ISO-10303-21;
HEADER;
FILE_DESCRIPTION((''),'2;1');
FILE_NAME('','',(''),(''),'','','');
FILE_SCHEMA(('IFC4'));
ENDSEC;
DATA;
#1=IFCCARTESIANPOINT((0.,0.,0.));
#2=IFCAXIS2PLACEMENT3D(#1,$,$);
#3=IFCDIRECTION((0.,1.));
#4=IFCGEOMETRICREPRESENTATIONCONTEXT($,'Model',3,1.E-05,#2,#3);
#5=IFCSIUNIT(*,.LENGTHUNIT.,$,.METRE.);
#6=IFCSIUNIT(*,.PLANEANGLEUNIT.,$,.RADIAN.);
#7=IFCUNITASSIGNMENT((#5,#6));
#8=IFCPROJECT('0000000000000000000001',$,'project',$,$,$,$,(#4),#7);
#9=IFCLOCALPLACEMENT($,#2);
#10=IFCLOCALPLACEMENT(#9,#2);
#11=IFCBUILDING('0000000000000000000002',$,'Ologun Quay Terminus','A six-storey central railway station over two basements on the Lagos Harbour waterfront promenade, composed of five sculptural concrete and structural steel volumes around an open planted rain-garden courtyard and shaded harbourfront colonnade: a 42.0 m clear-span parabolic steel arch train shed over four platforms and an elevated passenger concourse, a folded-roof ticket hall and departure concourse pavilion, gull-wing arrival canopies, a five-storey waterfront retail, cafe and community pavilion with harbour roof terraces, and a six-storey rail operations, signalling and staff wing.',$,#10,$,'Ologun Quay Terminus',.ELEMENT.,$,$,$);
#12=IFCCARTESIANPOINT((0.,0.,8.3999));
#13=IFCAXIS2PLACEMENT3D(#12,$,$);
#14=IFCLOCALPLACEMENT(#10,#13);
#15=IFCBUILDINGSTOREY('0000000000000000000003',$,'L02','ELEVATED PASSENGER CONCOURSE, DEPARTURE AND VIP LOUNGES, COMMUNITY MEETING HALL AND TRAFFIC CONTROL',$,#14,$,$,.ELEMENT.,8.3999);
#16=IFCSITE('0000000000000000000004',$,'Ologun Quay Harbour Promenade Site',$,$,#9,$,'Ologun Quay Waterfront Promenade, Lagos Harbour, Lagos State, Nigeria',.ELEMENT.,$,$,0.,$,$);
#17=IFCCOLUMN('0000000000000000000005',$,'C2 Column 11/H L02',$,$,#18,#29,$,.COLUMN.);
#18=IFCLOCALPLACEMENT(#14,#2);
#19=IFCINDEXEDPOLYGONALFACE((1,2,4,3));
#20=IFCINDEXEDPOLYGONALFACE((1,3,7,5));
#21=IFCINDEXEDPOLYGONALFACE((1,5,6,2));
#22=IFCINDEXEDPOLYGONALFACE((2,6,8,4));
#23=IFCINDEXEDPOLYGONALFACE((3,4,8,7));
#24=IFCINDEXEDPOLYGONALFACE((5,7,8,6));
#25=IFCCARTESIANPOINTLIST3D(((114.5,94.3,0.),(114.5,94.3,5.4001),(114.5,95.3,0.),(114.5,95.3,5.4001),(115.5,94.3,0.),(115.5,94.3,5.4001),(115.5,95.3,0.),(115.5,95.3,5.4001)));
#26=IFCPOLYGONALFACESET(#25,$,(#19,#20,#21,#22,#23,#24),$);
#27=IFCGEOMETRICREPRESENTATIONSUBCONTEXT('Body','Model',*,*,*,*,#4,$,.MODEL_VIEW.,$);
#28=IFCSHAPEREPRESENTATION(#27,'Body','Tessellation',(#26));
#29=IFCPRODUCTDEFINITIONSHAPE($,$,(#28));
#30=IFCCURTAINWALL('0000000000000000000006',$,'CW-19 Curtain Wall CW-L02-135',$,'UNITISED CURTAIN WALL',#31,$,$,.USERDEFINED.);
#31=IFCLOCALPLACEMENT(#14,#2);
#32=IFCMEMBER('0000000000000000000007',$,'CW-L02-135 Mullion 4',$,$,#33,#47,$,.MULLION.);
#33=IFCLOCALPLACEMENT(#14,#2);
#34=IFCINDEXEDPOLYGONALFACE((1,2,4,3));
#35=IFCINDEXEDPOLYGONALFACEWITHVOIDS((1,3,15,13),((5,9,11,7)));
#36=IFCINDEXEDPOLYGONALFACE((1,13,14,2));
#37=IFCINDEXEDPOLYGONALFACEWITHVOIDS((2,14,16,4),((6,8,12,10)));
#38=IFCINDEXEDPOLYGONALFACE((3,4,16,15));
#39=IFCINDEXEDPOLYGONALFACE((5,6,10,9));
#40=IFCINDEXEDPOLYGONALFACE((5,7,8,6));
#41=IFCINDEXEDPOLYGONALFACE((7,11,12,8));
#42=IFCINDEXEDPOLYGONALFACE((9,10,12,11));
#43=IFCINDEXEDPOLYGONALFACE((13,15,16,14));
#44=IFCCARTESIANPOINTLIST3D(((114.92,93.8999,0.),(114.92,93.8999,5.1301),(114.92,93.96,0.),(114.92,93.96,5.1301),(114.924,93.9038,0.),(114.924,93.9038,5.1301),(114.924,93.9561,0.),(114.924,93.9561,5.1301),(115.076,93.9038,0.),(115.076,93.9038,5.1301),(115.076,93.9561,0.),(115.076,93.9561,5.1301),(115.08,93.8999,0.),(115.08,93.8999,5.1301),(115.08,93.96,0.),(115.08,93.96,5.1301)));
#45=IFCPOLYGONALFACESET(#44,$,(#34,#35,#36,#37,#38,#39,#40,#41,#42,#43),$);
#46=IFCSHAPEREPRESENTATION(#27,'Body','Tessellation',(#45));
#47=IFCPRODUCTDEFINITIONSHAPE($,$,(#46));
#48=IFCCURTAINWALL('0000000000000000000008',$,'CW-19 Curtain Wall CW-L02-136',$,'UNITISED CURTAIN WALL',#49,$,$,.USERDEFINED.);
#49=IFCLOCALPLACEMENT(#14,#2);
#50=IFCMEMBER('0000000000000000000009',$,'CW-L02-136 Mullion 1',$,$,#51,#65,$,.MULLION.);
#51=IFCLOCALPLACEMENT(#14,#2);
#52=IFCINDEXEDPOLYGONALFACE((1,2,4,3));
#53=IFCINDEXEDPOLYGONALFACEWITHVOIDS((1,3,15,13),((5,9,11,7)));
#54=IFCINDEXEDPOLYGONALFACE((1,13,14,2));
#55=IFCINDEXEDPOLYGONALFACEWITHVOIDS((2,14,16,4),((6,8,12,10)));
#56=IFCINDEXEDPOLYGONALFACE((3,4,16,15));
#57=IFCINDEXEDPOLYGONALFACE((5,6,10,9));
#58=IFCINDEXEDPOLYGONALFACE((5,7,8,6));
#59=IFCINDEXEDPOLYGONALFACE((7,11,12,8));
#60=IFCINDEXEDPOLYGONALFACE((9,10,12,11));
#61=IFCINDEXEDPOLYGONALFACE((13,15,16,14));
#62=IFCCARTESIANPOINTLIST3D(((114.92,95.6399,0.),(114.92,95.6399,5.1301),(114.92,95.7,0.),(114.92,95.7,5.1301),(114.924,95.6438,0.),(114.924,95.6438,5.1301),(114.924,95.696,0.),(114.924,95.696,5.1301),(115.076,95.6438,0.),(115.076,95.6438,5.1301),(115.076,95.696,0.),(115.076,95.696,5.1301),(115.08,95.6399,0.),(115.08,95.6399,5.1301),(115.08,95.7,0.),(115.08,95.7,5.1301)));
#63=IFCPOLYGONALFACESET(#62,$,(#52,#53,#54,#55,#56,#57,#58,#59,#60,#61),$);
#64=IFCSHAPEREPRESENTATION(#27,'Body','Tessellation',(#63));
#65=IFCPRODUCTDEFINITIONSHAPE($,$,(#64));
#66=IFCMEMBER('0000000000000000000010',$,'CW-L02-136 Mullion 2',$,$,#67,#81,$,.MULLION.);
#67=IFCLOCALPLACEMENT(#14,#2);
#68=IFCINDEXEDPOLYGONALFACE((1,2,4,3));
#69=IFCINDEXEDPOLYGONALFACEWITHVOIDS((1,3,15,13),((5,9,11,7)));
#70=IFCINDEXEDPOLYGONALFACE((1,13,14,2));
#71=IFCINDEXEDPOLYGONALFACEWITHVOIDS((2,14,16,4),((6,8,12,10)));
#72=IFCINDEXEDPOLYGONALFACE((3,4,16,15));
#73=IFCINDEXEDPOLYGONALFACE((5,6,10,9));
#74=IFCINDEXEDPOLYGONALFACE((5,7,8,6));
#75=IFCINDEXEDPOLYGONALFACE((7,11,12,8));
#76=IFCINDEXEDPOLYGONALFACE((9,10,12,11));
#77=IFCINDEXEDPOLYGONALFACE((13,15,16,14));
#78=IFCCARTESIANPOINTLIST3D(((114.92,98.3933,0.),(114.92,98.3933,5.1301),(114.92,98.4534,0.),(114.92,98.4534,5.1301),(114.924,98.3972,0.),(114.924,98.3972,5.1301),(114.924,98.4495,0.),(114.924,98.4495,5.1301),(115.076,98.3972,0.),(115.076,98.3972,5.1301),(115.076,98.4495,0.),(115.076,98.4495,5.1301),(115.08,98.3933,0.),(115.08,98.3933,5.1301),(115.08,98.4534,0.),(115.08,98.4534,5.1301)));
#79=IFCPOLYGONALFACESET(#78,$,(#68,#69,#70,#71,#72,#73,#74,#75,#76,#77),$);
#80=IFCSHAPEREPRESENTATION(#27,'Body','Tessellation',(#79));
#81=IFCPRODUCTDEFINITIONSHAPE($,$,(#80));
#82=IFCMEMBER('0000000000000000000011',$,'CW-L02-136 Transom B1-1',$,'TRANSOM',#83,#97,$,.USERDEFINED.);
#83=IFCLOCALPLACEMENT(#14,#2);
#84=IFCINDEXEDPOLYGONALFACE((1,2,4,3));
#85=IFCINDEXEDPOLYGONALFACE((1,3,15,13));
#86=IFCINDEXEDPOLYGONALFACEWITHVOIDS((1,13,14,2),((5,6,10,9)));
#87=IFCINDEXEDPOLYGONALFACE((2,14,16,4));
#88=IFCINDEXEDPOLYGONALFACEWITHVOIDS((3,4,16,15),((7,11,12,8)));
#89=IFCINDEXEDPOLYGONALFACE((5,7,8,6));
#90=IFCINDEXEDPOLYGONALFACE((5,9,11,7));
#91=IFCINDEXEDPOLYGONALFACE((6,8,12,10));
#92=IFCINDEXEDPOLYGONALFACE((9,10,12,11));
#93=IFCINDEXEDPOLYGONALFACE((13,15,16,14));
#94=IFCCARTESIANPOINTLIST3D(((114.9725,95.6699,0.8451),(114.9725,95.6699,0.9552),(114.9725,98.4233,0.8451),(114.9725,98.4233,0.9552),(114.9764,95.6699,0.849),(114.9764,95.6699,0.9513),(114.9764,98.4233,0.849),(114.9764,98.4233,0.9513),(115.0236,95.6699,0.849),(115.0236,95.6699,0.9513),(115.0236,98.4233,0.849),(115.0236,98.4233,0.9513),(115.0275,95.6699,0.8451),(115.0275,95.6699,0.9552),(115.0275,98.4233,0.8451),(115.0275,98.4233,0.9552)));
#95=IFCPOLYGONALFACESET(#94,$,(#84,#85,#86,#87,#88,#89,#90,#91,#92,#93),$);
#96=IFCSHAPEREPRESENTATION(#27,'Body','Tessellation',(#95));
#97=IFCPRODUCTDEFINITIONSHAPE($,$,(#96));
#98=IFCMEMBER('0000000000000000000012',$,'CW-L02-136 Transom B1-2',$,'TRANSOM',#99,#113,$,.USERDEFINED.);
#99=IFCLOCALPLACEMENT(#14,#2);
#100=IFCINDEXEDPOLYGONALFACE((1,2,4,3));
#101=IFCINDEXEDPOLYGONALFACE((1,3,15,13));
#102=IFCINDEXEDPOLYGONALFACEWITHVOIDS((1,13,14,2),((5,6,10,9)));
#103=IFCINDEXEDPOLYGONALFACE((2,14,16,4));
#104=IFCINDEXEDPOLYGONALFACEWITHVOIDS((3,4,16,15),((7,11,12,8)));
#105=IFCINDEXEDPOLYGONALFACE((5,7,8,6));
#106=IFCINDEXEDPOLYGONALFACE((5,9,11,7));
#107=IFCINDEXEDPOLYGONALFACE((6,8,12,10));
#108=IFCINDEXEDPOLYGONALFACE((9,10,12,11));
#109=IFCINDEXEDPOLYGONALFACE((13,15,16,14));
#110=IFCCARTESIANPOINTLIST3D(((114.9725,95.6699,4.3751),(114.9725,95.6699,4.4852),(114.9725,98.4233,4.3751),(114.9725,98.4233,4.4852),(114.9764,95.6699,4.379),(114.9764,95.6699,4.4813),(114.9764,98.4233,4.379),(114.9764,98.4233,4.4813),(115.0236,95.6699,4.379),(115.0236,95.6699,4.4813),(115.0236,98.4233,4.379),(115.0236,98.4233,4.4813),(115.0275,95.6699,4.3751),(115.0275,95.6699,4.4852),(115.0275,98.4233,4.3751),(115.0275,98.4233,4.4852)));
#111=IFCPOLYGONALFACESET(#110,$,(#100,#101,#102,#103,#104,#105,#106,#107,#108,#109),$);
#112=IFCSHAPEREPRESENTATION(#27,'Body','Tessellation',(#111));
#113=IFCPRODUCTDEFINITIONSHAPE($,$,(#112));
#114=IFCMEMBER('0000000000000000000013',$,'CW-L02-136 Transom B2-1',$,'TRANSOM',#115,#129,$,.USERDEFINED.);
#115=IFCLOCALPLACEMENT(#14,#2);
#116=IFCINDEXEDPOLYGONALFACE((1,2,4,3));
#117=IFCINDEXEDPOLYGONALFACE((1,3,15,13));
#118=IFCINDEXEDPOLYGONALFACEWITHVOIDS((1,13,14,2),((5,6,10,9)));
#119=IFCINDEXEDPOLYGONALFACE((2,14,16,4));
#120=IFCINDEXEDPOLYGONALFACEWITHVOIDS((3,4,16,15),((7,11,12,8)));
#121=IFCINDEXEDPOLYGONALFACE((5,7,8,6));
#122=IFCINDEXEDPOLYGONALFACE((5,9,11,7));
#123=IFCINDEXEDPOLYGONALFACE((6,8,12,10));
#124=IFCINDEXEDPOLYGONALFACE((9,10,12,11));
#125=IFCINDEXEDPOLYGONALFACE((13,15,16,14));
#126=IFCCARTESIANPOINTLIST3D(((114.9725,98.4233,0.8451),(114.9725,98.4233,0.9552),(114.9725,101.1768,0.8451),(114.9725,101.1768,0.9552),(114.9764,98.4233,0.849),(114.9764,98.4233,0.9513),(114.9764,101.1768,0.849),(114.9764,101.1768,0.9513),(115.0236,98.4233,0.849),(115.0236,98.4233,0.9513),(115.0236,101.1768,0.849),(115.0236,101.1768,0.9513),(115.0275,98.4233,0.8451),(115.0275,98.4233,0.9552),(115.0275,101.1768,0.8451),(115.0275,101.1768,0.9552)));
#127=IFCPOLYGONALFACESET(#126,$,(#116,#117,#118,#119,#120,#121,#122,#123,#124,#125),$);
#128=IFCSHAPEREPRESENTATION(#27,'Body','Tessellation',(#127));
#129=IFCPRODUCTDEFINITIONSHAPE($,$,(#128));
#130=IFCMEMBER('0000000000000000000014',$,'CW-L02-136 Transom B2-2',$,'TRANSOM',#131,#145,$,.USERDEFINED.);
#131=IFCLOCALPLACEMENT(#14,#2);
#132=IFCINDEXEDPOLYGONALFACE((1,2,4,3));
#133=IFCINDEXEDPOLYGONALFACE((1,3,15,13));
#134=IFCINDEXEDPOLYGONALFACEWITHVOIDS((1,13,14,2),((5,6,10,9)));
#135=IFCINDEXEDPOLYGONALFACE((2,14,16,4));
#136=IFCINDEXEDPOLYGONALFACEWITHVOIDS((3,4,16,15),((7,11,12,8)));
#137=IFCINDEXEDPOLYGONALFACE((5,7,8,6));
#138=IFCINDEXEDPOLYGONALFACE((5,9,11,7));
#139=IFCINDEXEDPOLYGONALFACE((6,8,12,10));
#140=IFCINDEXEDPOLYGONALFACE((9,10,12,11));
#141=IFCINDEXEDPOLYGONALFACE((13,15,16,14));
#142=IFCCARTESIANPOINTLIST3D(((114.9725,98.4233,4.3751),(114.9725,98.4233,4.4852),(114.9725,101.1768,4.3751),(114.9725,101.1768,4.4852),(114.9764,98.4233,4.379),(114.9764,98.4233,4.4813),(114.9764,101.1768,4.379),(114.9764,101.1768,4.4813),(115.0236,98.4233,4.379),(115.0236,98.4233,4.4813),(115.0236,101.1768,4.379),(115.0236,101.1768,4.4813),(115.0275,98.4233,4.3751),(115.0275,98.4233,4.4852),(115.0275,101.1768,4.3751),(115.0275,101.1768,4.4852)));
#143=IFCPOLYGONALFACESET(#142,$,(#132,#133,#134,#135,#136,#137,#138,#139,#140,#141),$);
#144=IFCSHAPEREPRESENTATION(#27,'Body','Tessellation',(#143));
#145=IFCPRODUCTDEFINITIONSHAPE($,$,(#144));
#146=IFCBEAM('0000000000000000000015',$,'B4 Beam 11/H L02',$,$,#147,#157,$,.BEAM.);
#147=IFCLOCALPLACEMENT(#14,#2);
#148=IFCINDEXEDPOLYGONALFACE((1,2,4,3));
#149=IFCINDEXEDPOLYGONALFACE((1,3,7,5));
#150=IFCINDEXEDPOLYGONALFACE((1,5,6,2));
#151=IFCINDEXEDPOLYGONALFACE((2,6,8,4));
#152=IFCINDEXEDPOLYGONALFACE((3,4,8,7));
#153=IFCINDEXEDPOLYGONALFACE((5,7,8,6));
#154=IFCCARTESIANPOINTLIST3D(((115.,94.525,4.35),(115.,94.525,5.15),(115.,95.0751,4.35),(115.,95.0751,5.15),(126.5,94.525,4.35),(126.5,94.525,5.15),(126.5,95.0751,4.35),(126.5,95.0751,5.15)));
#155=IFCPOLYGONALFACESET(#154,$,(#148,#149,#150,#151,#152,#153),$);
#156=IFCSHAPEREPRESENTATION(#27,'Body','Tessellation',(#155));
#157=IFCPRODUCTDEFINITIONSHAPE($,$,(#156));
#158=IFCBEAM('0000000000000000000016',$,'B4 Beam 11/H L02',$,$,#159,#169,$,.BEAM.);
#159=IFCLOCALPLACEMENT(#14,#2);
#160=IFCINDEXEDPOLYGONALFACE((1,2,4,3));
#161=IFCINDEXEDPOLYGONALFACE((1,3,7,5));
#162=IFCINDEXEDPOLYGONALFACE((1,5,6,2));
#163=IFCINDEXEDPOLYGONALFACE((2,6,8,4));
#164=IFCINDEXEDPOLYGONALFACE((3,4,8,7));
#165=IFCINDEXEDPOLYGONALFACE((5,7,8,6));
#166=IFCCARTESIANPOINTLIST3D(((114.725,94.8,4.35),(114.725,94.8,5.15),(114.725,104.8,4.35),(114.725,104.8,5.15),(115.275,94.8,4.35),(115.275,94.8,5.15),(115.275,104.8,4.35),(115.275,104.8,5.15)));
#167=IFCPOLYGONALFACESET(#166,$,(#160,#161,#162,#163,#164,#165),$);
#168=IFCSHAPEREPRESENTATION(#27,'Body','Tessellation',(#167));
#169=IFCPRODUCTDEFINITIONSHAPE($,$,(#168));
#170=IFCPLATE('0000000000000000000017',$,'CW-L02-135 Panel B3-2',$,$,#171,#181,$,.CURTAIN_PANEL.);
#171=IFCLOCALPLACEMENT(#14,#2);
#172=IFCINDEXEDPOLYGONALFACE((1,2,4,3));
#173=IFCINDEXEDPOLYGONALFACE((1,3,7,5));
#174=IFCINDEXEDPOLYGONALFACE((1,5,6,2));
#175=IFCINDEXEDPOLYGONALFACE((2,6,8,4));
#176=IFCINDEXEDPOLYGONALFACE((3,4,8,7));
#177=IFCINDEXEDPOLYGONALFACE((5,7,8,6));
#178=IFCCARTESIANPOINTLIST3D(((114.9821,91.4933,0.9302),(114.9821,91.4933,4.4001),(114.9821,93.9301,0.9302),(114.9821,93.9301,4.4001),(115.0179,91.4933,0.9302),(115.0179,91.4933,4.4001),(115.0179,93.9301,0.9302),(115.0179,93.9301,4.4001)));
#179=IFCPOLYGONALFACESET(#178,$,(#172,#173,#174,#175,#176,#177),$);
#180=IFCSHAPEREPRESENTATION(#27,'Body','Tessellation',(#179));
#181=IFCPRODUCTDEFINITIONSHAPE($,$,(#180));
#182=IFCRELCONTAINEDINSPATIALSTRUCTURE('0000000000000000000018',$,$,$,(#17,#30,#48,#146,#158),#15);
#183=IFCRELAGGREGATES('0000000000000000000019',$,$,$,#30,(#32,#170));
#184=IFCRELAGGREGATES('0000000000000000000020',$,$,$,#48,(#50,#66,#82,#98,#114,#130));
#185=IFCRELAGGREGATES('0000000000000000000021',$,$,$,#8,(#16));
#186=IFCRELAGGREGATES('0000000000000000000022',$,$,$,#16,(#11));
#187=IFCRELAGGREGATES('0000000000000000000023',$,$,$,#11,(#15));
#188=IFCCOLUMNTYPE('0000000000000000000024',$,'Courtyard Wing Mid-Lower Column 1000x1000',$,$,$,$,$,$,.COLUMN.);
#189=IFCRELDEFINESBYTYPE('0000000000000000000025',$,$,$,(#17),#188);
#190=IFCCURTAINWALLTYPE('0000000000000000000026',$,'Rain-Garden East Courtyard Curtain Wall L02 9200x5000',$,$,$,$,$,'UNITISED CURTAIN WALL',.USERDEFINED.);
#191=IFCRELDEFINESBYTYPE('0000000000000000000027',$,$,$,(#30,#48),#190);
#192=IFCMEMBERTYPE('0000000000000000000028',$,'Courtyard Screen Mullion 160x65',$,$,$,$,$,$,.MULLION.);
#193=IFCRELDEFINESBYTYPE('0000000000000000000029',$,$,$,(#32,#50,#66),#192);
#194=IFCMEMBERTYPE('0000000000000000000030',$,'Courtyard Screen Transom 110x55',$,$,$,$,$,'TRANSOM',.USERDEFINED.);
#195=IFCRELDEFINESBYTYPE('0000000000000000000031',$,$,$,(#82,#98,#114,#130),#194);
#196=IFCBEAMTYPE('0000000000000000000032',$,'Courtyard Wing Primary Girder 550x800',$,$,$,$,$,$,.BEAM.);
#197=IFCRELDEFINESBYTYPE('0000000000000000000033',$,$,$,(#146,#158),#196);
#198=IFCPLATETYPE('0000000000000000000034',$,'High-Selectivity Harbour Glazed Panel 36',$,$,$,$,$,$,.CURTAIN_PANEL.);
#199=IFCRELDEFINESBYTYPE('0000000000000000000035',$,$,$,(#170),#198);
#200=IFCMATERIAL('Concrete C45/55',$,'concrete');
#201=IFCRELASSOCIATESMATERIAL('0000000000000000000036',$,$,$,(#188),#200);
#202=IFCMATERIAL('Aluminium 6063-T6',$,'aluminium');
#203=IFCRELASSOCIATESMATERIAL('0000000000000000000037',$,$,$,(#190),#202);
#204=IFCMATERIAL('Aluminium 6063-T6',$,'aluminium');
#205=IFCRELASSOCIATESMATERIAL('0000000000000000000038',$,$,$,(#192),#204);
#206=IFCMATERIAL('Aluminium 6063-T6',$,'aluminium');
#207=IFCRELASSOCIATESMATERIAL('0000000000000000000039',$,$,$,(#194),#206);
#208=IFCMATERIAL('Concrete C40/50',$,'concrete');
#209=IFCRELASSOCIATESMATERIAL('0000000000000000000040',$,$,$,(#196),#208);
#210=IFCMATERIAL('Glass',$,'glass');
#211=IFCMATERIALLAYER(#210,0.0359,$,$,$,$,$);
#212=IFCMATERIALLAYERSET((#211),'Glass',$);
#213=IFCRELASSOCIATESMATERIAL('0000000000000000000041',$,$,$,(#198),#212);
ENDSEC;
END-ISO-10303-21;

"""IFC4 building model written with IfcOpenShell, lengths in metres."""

from ifc_helpers import new_model, si_unit, direction, frame, origin, origin_2d, place, context, subcontext, project, spatial, rectangle, hollow_rectangle, extrude, material, layer, layer_set, material_profile, profile_set, type_object, element, aggregate, save


model = new_model("IFC4")

# Units and contexts
model_context = context("Model", 3, precision=1e-05, world=origin(), true_north=direction((0.0, 1.0)))
body_context = subcontext(model_context, "Body", "Model", "MODEL_VIEW")
ifc_project = project(units=[si_unit("LENGTHUNIT", "METRE"), si_unit("PLANEANGLEUNIT", "RADIAN")], contexts=[model_context])

# Site, building, storey
site_placement = place(None, origin())
site = spatial("IfcSite", under=ifc_project, at=site_placement, Name="Ologun Quay Harbour Promenade Site", LongName="Ologun Quay Waterfront Promenade, Lagos Harbour, Lagos State, Nigeria", CompositionType="ELEMENT", RefElevation=0.0)
building_placement = place(site_placement, origin())
building = spatial("IfcBuilding", under=site, at=building_placement, Name="Ologun Quay Terminus", Description="A six-storey central railway station over two basements on the Lagos Harbour waterfront promenade, composed of five sculptural concrete and structural steel volumes around an open planted rain-garden courtyard and shaded harbourfront colonnade: a 42.0 m clear-span parabolic steel arch train shed over four platforms and an elevated passenger concourse, a folded-roof ticket hall and departure concourse pavilion, gull-wing arrival canopies, a five-storey waterfront retail, cafe and community pavilion with harbour roof terraces, and a six-storey rail operations, signalling and staff wing.", LongName="Ologun Quay Terminus", CompositionType="ELEMENT")
storey_placement = place(building_placement, frame((0.0, 0.0, 8.3999)))
storey = spatial("IfcBuildingStorey", under=building, at=storey_placement, Name="L02", Description="ELEVATED PASSENGER CONCOURSE, DEPARTURE AND VIP LOUNGES, COMMUNITY MEETING HALL AND TRAFFIC CONTROL", CompositionType="ELEMENT", Elevation=8.3999)

# Column
ifc_material_1 = material(Name="Concrete C45/55", Category="concrete")
ifc_material_profile_1 = material_profile(ifc_material_1, rectangle(XDim=1.0, YDim=1.0, at=origin_2d()), Name="RC 1000x1000")
ifc_profile_set_1 = profile_set([ifc_material_profile_1], Name="Concrete C45/55")
column_type = type_object("IfcColumnType", Name="Courtyard Wing Mid-Lower Column 1000x1000", PredefinedType="COLUMN", material=ifc_profile_set_1)
column_placement = place(storey_placement, frame((115.0, 94.8, 0.0), z_axis=(0.0, 0.0, 1.0), x_axis=(1.0, 0.0, 0.0)))
element("IfcColumn", 1, at=column_placement, inside=storey, type_object=column_type, Name="C2 Column 11/H L02", PredefinedType="COLUMN", context=body_context, shape_type="SweptSolid", body=[
    extrude(rectangle(XDim=1.0, YDim=1.0, at=origin_2d()), origin(), (0.0, 0.0, 1.0), 5.4001),
])

# Curtain wall, member
ifc_material_2 = material(Name="Aluminium 6063-T6", Category="aluminium")
curtain_wall_type = type_object("IfcCurtainWallType", Name="Rain-Garden East Courtyard Curtain Wall L02 9200x5000", ElementType="UNITISED CURTAIN WALL", PredefinedType="USERDEFINED", material=ifc_material_2)
curtain_wall_1_placement = place(storey_placement, origin())
curtain_wall_1 = element("IfcCurtainWall", 2, at=curtain_wall_1_placement, inside=storey, type_object=curtain_wall_type, Name="CW-19 Curtain Wall CW-L02-135", ObjectType="UNITISED CURTAIN WALL", PredefinedType="USERDEFINED")
ifc_material_3 = material(Name="Aluminium 6063-T6", Category="aluminium")
ifc_material_profile_2 = material_profile(ifc_material_3, hollow_rectangle(XDim=0.0601, YDim=0.1599, WallThickness=0.0039, at=origin_2d()), Name="ALU 160x60x4")
ifc_profile_set_2 = profile_set([ifc_material_profile_2], Name="Aluminium 6063-T6")
member_type_1 = type_object("IfcMemberType", Name="Courtyard Screen Mullion 160x65", PredefinedType="MULLION", material=ifc_profile_set_2)
member_1_placement = place(storey_placement, frame((115.0, 93.9299, 0.0), z_axis=(0.0, 0.0, 1.0), x_axis=(0.0, 1.0, 0.0)))
member_1 = element("IfcMember", 3, at=member_1_placement, type_object=member_type_1, Name="CW-L02-135 Mullion 4", PredefinedType="MULLION", context=body_context, shape_type="SweptSolid", body=[
    extrude(hollow_rectangle(XDim=0.0601, YDim=0.1599, WallThickness=0.0039, at=origin_2d()), origin(), (0.0, 0.0, 1.0), 5.1301),
])

# Curtain wall, members
curtain_wall_2_placement = place(storey_placement, origin())
curtain_wall_2 = element("IfcCurtainWall", 4, at=curtain_wall_2_placement, inside=storey, type_object=curtain_wall_type, Name="CW-19 Curtain Wall CW-L02-136", ObjectType="UNITISED CURTAIN WALL", PredefinedType="USERDEFINED")
member_2_placement = place(storey_placement, frame((115.0, 95.6699, 0.0), z_axis=(0.0, 0.0, 1.0), x_axis=(0.0, 1.0, 0.0)))
member_2 = element("IfcMember", 5, at=member_2_placement, type_object=member_type_1, Name="CW-L02-136 Mullion 1", PredefinedType="MULLION", context=body_context, shape_type="SweptSolid", body=[
    extrude(hollow_rectangle(XDim=0.0601, YDim=0.1599, WallThickness=0.0039, at=origin_2d()), origin(), (0.0, 0.0, 1.0), 5.1301),
])
member_3_placement = place(storey_placement, frame((115.0, 98.4233, 0.0), z_axis=(0.0, 0.0, 1.0), x_axis=(0.0, 1.0, 0.0)))
member_3 = element("IfcMember", 6, at=member_3_placement, type_object=member_type_1, Name="CW-L02-136 Mullion 2", PredefinedType="MULLION", context=body_context, shape_type="SweptSolid", body=[
    extrude(hollow_rectangle(XDim=0.0601, YDim=0.1599, WallThickness=0.0039, at=origin_2d()), origin(), (0.0, 0.0, 1.0), 5.1301),
])
ifc_material_4 = material(Name="Aluminium 6063-T6", Category="aluminium")
ifc_material_profile_3 = material_profile(ifc_material_4, hollow_rectangle(XDim=0.0549, YDim=0.1101, WallThickness=0.0039, at=origin_2d()), Name="ALU 110x55x4")
ifc_profile_set_3 = profile_set([ifc_material_profile_3], Name="Aluminium 6063-T6")
member_type_2 = type_object("IfcMemberType", Name="Courtyard Screen Transom 110x55", ElementType="TRANSOM", PredefinedType="USERDEFINED", material=ifc_profile_set_3)
member_4_placement = place(storey_placement, frame((115.0, 95.6699, 0.9001), z_axis=(0.0, 1.0, 0.0), x_axis=(-1.0, 0.0, 0.0)))
member_4 = element("IfcMember", 7, at=member_4_placement, type_object=member_type_2, Name="CW-L02-136 Transom B1-1", ObjectType="TRANSOM", PredefinedType="USERDEFINED", context=body_context, shape_type="SweptSolid", body=[
    extrude(hollow_rectangle(XDim=0.0549, YDim=0.1101, WallThickness=0.0039, at=origin_2d()), origin(), (0.0, 0.0, 1.0), 2.7534),
])
member_5_placement = place(storey_placement, frame((115.0, 95.6699, 4.4302), z_axis=(0.0, 1.0, 0.0), x_axis=(-1.0, 0.0, 0.0)))
member_5 = element("IfcMember", 8, at=member_5_placement, type_object=member_type_2, Name="CW-L02-136 Transom B1-2", ObjectType="TRANSOM", PredefinedType="USERDEFINED", context=body_context, shape_type="SweptSolid", body=[
    extrude(hollow_rectangle(XDim=0.0549, YDim=0.1101, WallThickness=0.0039, at=origin_2d()), origin(), (0.0, 0.0, 1.0), 2.7534),
])
member_6_placement = place(storey_placement, frame((115.0, 98.4233, 0.9001), z_axis=(0.0, 1.0, 0.0), x_axis=(-1.0, 0.0, 0.0)))
member_6 = element("IfcMember", 9, at=member_6_placement, type_object=member_type_2, Name="CW-L02-136 Transom B2-1", ObjectType="TRANSOM", PredefinedType="USERDEFINED", context=body_context, shape_type="SweptSolid", body=[
    extrude(hollow_rectangle(XDim=0.0549, YDim=0.1101, WallThickness=0.0039, at=origin_2d()), origin(), (0.0, 0.0, 1.0), 2.7534),
])
member_7_placement = place(storey_placement, frame((115.0, 98.4233, 4.4302), z_axis=(0.0, 1.0, 0.0), x_axis=(-1.0, 0.0, 0.0)))
member_7 = element("IfcMember", 10, at=member_7_placement, type_object=member_type_2, Name="CW-L02-136 Transom B2-2", ObjectType="TRANSOM", PredefinedType="USERDEFINED", context=body_context, shape_type="SweptSolid", body=[
    extrude(hollow_rectangle(XDim=0.0549, YDim=0.1101, WallThickness=0.0039, at=origin_2d()), origin(), (0.0, 0.0, 1.0), 2.7534),
])

# Beams
ifc_material_5 = material(Name="Concrete C40/50", Category="concrete")
ifc_material_profile_4 = material_profile(ifc_material_5, rectangle(XDim=0.55, YDim=0.8, at=origin_2d()), Name="RC 550x800")
ifc_profile_set_4 = profile_set([ifc_material_profile_4], Name="Concrete C40/50")
beam_type = type_object("IfcBeamType", Name="Courtyard Wing Primary Girder 550x800", PredefinedType="BEAM", material=ifc_profile_set_4)
beam_1_placement = place(storey_placement, frame((115.0, 94.8, 4.75), z_axis=(1.0, 0.0, 0.0), x_axis=(0.0, 1.0, 0.0)))
element("IfcBeam", 11, at=beam_1_placement, inside=storey, type_object=beam_type, Name="B4 Beam 11/H L02", PredefinedType="BEAM", context=body_context, shape_type="SweptSolid", body=[
    extrude(rectangle(XDim=0.55, YDim=0.8, at=origin_2d()), origin(), (0.0, 0.0, 1.0), 11.5),
])
beam_2_placement = place(storey_placement, frame((115.0, 94.8, 4.75), z_axis=(0.0, 1.0, 0.0), x_axis=(-1.0, 0.0, 0.0)))
element("IfcBeam", 12, at=beam_2_placement, inside=storey, type_object=beam_type, Name="B4 Beam 11/H L02", PredefinedType="BEAM", context=body_context, shape_type="SweptSolid", body=[
    extrude(rectangle(XDim=0.55, YDim=0.8, at=origin_2d()), origin(), (0.0, 0.0, 1.0), 10.0),
])

# Plate
ifc_material_6 = material(Name="Glass", Category="glass")
ifc_layer_1 = layer(ifc_material_6, 0.0359)
ifc_layer_set_1 = layer_set([ifc_layer_1], Name="Glass")
plate_type_1 = type_object("IfcPlateType", Name="High-Selectivity Harbour Glazed Panel 36", PredefinedType="CURTAIN_PANEL", material=ifc_layer_set_1)
plate_1_placement = place(storey_placement, frame((115.0, 92.7117, 0.9302), z_axis=(0.0, 0.0, 1.0), x_axis=(0.0, 1.0, 0.0)))
plate_1 = element("IfcPlate", 13, at=plate_1_placement, type_object=plate_type_1, Name="CW-L02-135 Panel B3-2", PredefinedType="CURTAIN_PANEL", context=body_context, shape_type="SweptSolid", body=[
    extrude(rectangle(XDim=2.4368, YDim=0.0359, at=origin_2d()), origin(), (0.0, 0.0, 1.0), 3.47),
])
aggregate(curtain_wall_1, [member_1, plate_1])
aggregate(curtain_wall_2, [member_2, member_3, member_4, member_5, member_6, member_7])

save(model, "model.ifc")
